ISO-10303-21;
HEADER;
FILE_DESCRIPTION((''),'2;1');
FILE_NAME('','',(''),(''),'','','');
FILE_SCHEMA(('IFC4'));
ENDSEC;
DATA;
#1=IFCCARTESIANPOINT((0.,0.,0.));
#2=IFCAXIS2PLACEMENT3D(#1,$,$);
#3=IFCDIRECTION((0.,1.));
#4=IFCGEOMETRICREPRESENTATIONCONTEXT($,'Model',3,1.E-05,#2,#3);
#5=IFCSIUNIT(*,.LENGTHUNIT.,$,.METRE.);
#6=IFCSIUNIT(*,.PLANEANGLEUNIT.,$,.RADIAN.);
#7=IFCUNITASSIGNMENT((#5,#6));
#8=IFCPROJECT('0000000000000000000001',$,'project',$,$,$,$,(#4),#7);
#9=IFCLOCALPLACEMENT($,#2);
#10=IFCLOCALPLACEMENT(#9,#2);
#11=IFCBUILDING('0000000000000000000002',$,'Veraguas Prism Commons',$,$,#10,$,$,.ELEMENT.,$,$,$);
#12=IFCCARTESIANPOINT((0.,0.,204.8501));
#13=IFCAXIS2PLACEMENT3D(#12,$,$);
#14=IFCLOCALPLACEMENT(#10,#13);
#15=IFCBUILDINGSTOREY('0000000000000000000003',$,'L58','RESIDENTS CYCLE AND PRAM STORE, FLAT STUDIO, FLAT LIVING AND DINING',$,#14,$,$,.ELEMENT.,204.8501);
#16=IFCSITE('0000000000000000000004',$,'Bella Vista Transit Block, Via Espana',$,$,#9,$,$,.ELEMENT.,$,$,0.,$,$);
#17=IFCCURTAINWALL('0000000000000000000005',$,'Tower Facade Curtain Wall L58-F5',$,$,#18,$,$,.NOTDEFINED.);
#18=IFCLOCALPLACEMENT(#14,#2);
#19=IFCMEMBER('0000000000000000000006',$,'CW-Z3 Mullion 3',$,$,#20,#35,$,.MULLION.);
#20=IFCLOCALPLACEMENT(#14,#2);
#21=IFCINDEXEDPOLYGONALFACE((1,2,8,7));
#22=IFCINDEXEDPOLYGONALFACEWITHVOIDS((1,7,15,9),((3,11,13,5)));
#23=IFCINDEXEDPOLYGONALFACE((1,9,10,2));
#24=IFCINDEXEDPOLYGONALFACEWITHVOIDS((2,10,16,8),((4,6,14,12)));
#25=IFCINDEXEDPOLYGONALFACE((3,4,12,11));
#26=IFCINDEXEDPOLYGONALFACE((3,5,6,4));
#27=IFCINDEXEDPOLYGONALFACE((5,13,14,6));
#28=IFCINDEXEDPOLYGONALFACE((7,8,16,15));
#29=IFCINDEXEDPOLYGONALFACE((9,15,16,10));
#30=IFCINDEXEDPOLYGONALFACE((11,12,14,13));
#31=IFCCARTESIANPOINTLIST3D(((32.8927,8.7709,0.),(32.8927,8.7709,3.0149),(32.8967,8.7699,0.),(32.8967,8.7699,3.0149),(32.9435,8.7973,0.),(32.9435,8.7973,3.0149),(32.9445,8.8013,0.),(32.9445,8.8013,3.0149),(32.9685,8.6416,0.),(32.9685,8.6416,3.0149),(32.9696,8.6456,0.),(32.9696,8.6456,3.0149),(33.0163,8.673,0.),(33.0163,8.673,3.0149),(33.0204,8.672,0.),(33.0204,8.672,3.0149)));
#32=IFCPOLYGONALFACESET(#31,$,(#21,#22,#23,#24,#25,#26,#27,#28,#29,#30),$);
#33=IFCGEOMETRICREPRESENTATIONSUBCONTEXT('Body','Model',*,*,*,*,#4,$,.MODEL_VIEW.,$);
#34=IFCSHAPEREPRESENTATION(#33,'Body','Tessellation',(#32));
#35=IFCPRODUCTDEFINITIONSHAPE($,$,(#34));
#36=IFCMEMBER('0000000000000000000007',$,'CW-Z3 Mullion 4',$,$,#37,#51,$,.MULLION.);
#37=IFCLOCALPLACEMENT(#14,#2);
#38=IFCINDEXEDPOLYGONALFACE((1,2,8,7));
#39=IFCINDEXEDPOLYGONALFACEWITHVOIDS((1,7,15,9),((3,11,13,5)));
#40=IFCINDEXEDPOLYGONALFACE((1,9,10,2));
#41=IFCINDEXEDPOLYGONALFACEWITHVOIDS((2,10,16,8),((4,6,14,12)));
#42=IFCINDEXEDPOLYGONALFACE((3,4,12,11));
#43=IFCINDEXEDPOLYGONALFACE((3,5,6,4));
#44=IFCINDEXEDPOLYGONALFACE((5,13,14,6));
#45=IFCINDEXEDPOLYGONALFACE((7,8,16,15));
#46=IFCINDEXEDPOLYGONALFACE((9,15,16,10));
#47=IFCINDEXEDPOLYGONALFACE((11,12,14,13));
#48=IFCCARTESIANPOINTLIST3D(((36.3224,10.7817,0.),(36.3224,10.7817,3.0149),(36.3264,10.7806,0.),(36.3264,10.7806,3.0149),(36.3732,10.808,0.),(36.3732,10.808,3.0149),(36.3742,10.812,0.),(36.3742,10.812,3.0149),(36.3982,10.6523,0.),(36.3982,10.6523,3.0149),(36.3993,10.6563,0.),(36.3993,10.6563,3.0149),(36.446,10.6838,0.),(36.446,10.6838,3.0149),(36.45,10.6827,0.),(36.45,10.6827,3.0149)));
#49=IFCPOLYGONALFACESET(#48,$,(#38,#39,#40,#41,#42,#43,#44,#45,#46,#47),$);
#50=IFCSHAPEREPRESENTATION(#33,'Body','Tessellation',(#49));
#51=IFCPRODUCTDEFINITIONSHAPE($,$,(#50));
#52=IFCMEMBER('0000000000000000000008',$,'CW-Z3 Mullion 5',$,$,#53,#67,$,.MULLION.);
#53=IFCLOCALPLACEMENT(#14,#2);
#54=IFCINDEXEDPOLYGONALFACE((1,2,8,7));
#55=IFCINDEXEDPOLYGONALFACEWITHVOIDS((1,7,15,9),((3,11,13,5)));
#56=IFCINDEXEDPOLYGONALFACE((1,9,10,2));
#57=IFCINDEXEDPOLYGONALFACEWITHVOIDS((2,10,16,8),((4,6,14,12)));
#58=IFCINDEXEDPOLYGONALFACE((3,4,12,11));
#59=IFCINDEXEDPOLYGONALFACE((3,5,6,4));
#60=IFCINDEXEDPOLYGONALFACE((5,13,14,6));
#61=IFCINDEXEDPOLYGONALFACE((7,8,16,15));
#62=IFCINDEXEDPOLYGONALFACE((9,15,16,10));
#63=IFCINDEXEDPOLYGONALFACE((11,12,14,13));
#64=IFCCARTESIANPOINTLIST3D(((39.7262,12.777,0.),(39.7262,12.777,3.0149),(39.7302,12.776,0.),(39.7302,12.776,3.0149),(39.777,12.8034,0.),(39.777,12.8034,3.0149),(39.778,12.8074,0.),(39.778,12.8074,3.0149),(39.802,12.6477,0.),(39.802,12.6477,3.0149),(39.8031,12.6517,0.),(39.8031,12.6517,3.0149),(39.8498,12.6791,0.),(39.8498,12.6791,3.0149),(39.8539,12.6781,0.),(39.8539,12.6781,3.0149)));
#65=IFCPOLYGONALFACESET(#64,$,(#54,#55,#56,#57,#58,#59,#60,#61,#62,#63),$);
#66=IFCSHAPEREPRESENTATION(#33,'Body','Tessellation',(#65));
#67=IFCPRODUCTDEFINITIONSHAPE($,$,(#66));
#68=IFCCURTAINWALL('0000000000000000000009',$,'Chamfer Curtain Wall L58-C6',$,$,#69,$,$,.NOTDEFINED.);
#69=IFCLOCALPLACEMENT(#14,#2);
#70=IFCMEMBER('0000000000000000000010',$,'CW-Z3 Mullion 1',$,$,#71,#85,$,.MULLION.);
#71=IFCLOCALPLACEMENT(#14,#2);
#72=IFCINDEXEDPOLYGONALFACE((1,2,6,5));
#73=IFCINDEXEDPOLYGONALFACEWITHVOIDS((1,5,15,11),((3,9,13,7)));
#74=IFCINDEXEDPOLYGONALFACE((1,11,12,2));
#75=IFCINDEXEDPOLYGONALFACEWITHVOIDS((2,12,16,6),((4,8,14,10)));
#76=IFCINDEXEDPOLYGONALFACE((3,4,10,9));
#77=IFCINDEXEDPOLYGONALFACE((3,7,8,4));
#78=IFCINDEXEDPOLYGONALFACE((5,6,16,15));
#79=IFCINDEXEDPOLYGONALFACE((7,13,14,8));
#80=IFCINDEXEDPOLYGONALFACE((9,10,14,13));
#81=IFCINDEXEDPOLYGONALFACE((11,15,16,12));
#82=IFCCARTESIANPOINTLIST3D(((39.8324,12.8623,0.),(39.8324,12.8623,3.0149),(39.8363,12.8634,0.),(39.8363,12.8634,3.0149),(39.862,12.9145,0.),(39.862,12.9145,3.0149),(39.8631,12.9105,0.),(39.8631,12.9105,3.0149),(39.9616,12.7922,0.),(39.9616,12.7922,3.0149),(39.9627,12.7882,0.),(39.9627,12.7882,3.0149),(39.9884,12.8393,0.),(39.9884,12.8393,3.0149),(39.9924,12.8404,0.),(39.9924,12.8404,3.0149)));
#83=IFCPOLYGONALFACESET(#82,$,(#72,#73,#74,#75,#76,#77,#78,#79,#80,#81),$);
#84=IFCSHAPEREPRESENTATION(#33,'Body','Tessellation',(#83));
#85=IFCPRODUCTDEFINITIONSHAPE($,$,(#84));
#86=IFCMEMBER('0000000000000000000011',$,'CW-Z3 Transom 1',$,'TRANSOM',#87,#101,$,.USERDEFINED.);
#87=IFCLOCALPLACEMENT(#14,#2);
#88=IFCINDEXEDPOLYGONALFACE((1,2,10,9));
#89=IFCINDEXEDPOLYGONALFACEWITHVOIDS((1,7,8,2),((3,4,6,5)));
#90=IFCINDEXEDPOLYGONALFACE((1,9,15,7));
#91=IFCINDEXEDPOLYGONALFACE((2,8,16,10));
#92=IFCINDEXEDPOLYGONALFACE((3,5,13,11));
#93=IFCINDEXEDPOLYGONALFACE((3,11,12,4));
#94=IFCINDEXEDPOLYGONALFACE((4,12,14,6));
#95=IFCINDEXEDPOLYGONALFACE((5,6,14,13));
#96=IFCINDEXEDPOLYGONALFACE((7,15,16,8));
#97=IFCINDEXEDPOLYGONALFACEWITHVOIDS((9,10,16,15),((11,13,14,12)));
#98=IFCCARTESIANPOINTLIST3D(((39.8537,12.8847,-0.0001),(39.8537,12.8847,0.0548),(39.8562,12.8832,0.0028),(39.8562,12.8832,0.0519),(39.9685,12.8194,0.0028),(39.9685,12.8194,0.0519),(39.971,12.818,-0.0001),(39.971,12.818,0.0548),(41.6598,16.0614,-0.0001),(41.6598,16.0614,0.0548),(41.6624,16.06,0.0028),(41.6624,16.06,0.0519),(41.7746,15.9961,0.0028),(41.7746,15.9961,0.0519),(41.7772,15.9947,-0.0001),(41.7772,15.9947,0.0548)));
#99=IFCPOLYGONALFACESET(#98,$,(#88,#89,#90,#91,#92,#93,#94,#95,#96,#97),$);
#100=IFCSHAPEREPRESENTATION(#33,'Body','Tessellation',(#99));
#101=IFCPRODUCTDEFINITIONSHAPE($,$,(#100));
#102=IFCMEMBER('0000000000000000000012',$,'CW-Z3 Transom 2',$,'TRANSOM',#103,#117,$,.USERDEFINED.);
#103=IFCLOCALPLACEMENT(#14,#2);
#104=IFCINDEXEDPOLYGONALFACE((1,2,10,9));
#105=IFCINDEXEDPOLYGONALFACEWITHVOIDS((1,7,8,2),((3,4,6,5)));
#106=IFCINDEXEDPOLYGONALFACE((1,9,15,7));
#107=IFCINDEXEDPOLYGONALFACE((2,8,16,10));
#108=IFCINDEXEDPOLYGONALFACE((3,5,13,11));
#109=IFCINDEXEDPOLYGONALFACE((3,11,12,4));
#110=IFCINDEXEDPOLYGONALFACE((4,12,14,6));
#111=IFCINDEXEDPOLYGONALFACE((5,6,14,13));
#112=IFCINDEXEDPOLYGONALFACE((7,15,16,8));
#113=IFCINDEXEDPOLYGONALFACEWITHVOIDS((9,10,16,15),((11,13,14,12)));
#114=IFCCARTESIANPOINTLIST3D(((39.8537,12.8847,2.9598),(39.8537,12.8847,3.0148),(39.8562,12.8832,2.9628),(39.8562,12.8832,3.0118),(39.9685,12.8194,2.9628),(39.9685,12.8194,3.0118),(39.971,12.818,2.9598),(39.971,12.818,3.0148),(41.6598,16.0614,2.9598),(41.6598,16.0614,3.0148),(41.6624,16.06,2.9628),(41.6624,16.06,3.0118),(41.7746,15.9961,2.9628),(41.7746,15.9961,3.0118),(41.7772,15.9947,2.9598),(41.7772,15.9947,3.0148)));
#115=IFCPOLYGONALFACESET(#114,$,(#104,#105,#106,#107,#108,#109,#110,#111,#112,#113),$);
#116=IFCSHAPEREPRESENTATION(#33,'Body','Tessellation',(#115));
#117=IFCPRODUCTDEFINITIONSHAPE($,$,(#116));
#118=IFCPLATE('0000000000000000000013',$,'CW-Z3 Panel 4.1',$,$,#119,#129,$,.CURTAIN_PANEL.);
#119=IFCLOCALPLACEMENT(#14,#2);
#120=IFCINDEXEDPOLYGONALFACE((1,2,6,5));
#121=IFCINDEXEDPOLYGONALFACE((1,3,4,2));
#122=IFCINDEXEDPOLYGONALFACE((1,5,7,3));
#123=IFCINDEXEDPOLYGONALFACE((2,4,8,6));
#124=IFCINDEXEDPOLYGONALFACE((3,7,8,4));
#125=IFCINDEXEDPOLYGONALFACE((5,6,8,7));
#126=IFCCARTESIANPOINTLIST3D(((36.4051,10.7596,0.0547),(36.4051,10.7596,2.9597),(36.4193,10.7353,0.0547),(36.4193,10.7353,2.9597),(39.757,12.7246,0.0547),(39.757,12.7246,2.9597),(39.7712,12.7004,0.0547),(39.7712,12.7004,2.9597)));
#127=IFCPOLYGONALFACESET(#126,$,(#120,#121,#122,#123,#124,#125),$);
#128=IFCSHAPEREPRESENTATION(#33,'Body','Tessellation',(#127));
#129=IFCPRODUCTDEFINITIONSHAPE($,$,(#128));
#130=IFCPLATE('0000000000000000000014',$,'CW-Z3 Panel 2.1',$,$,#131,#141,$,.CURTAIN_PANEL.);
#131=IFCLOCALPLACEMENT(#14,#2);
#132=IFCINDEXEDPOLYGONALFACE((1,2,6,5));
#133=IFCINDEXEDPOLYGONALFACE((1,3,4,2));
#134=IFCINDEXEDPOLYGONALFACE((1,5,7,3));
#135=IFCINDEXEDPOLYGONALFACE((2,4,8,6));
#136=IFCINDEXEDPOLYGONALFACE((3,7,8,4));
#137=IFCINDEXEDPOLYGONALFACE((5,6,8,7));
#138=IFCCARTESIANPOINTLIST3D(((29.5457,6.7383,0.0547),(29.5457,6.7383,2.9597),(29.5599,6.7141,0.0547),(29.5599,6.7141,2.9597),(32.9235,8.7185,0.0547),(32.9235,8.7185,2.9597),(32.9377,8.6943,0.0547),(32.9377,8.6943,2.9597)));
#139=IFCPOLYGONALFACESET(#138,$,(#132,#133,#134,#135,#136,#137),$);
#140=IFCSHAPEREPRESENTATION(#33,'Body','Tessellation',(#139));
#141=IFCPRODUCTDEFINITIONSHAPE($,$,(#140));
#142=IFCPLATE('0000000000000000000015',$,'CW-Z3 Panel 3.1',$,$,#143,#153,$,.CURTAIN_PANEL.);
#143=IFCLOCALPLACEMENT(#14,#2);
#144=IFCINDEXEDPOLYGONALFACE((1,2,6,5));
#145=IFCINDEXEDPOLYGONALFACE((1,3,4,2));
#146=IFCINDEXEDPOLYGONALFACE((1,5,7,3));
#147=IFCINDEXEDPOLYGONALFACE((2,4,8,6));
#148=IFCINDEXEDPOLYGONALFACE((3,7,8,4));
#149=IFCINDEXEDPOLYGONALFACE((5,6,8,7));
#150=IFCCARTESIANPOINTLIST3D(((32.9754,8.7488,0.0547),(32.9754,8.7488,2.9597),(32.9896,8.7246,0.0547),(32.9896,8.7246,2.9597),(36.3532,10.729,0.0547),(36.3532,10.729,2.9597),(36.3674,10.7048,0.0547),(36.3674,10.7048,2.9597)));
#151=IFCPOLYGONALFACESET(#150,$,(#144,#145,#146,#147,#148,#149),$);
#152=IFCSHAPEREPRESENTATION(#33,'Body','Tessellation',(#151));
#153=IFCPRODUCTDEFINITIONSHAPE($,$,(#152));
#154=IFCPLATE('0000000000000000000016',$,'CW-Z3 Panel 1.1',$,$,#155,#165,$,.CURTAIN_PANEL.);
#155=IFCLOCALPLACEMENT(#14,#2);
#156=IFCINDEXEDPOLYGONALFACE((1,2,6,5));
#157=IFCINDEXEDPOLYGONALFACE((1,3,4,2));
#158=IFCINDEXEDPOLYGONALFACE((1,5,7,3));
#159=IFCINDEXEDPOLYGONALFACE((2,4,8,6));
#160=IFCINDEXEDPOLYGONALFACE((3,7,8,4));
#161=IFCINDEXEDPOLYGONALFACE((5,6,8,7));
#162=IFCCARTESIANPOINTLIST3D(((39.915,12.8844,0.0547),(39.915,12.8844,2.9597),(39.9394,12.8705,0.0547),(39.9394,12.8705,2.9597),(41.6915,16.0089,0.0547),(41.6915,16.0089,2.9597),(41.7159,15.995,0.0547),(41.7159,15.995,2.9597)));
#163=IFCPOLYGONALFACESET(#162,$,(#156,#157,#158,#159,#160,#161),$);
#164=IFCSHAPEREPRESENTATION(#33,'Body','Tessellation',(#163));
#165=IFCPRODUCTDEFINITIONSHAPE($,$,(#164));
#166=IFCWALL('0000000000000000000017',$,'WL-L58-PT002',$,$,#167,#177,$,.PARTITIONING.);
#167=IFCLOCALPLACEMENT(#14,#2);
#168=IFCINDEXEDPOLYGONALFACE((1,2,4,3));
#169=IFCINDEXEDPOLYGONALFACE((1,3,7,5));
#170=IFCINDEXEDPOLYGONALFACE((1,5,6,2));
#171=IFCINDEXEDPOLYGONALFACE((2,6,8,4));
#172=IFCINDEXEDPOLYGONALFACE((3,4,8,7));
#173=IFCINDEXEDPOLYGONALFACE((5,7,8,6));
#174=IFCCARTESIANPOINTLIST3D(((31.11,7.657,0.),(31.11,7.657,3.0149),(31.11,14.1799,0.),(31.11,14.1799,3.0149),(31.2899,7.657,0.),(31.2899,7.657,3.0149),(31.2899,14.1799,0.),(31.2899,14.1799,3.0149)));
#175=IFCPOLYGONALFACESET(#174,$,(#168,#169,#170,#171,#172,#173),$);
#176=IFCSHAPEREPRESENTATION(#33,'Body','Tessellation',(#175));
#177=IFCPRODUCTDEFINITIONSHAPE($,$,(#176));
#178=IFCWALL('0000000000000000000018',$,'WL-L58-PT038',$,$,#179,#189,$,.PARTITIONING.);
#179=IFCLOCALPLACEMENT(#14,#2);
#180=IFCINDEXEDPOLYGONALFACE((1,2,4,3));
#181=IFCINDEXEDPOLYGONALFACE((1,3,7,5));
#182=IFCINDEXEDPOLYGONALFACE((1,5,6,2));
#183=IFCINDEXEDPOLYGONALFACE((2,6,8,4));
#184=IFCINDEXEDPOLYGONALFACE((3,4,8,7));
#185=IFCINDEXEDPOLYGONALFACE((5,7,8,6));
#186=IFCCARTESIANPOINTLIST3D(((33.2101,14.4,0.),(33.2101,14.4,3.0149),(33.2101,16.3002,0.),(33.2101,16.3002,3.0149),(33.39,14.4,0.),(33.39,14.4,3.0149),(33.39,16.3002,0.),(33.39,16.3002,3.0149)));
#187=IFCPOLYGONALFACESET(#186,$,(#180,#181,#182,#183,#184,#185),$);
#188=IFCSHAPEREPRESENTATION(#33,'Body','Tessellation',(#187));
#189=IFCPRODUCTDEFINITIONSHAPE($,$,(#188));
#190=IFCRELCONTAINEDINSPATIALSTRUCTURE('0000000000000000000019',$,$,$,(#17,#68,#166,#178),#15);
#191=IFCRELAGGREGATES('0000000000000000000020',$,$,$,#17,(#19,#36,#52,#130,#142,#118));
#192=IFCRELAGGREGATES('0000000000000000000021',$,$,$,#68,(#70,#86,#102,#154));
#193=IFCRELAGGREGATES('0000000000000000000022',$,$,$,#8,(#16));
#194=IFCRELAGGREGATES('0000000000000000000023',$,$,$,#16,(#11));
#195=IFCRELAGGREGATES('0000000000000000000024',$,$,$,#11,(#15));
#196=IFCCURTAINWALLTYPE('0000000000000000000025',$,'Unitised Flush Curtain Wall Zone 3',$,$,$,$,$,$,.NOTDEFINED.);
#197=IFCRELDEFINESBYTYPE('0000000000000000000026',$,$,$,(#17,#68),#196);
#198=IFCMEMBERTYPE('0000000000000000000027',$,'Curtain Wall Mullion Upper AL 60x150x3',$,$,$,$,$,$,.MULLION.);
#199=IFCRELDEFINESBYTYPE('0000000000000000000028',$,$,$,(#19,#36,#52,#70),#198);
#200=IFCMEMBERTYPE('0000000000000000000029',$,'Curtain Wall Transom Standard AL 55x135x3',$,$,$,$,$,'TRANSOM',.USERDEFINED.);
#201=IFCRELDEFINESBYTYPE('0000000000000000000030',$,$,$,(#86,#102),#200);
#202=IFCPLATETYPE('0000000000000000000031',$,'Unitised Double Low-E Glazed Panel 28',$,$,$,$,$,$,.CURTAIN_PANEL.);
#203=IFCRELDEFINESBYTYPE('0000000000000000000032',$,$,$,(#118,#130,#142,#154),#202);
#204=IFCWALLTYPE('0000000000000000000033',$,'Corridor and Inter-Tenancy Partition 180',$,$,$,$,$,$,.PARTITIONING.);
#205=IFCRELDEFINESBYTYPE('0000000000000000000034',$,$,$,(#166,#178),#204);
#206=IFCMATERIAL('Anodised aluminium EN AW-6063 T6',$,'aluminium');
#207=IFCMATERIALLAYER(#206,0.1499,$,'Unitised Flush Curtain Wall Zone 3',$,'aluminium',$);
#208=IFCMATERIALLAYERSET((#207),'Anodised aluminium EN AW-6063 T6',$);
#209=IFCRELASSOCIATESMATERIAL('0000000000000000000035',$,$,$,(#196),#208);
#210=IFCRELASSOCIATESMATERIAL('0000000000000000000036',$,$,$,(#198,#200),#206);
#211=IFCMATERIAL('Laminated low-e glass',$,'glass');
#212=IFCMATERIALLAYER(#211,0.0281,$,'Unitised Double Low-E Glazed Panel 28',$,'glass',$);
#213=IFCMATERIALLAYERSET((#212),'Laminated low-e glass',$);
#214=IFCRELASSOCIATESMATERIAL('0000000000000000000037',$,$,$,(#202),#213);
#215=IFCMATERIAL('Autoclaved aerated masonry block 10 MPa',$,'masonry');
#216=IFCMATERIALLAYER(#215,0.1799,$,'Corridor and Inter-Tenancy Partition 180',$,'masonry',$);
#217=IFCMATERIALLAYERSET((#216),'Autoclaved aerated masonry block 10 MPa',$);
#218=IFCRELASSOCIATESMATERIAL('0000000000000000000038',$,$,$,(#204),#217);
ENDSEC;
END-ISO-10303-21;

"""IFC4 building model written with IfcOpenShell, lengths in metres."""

from ifc_helpers import new_model, si_unit, direction, frame, frame_2d, origin, origin_2d, place, context, subcontext, project, spatial, rectangle, hollow_rectangle, extrude, source, transform, mapped, material, layer, layer_set, material_profile, profile_set, type_object, element, aggregate, save


model = new_model("IFC4")

# Units and contexts
model_context = context("Model", 3, precision=1e-05, world=origin(), true_north=direction((0.0, 1.0)))
body_context = subcontext(model_context, "Body", "Model", "MODEL_VIEW")
ifc_project = project(units=[si_unit("LENGTHUNIT", "METRE"), si_unit("PLANEANGLEUNIT", "RADIAN")], contexts=[model_context])

# Site, building, storey
site_placement = place(None, origin())
site = spatial("IfcSite", under=ifc_project, at=site_placement, Name="Bella Vista Transit Block, Via Espana", CompositionType="ELEMENT", RefElevation=0.0)
building_placement = place(site_placement, origin())
building = spatial("IfcBuilding", under=site, at=building_placement, Name="Veraguas Prism Commons", CompositionType="ELEMENT")
storey_placement = place(building_placement, frame((0.0, 0.0, 204.8501)))
storey = spatial("IfcBuildingStorey", under=building, at=storey_placement, Name="L58", Description="RESIDENTS CYCLE AND PRAM STORE, FLAT STUDIO, FLAT LIVING AND DINING", CompositionType="ELEMENT", Elevation=204.8501)

# Curtain walls, members
ifc_material_1 = material(Name="Anodised aluminium EN AW-6063 T6", Category="aluminium")
ifc_layer_1 = layer(ifc_material_1, 0.1499, Name="Unitised Flush Curtain Wall Zone 3", Category="aluminium")
ifc_layer_set_1 = layer_set([ifc_layer_1], Name="Anodised aluminium EN AW-6063 T6")
curtain_wall_type = type_object("IfcCurtainWallType", Name="Unitised Flush Curtain Wall Zone 3", PredefinedType="NOTDEFINED", material=ifc_layer_set_1)
curtain_wall_1_placement = place(storey_placement, origin())
curtain_wall_1 = element("IfcCurtainWall", 1, at=curtain_wall_1_placement, inside=storey, type_object=curtain_wall_type, Name="Tower Facade Curtain Wall L58-F5", PredefinedType="NOTDEFINED")
ifc_material_profile_1 = material_profile(ifc_material_1, hollow_rectangle(XDim=0.0601, YDim=0.1499, WallThickness=0.0029, at=origin_2d()), Name="AL60X150X3")
ifc_profile_set_1 = profile_set([ifc_material_profile_1], Name="Anodised aluminium EN AW-6063 T6")
member_type_1 = type_object("IfcMemberType", Name="Curtain Wall Mullion Upper AL 60x150x3", PredefinedType="MULLION", material=ifc_profile_set_1)
shared_shape_1 = source(origin(), body_context, "Body", "SweptSolid", [
    extrude(hollow_rectangle(XDim=0.0601, YDim=0.1499, WallThickness=0.0029, at=origin_2d()), origin(), (0.0, 0.0, 1.0), 3.0149),
])
member_1_placement = place(storey_placement, frame((32.9565, 8.7214, 0.0), z_axis=(0.0, 0.0, 1.0), x_axis=(0.862686, 0.50574, 0.0)))
member_1 = element("IfcMember", 2, at=member_1_placement, type_object=member_type_1, Name="CW-Z3 Mullion 3", PredefinedType="MULLION", context=body_context, shape_type="MappedRepresentation", body=[
    mapped(shared_shape_1, transform((0.0, 0.0, 0.0), scale=1.0)),
])
member_2_placement = place(storey_placement, frame((36.3862, 10.7322, 0.0), z_axis=(0.0, 0.0, 1.0), x_axis=(0.862686, 0.50574, 0.0)))
member_2 = element("IfcMember", 3, at=member_2_placement, type_object=member_type_1, Name="CW-Z3 Mullion 4", PredefinedType="MULLION", context=body_context, shape_type="MappedRepresentation", body=[
    mapped(shared_shape_1, transform((0.0, 0.0, 0.0), scale=1.0)),
])
member_3_placement = place(storey_placement, frame((39.79, 12.7275, 0.0), z_axis=(0.0, 0.0, 1.0), x_axis=(0.862686, 0.50574, 0.0)))
member_3 = element("IfcMember", 4, at=member_3_placement, type_object=member_type_1, Name="CW-Z3 Mullion 5", PredefinedType="MULLION", context=body_context, shape_type="MappedRepresentation", body=[
    mapped(shared_shape_1, transform((0.0, 0.0, 0.0), scale=1.0)),
])
curtain_wall_2_placement = place(storey_placement, origin())
curtain_wall_2 = element("IfcCurtainWall", 5, at=curtain_wall_2_placement, inside=storey, type_object=curtain_wall_type, Name="Chamfer Curtain Wall L58-C6", PredefinedType="NOTDEFINED")
member_4_placement = place(storey_placement, frame((39.9124, 12.8513, 0.0), z_axis=(0.0, 0.0, 1.0), x_axis=(0.494253, 0.869318, 0.0)))
member_4 = element("IfcMember", 6, at=member_4_placement, type_object=member_type_1, Name="CW-Z3 Mullion 1", PredefinedType="MULLION", context=body_context, shape_type="MappedRepresentation", body=[
    mapped(shared_shape_1, transform((0.0, 0.0, 0.0), scale=1.0)),
])
ifc_material_profile_2 = material_profile(ifc_material_1, hollow_rectangle(XDim=0.0549, YDim=0.135, WallThickness=0.0029, at=origin_2d()), Name="AL55X135X3")
ifc_profile_set_2 = profile_set([ifc_material_profile_2], Name="Anodised aluminium EN AW-6063 T6")
member_type_2 = type_object("IfcMemberType", Name="Curtain Wall Transom Standard AL 55x135x3", ElementType="TRANSOM", PredefinedType="USERDEFINED", material=ifc_profile_set_2)
shared_shape_2 = source(origin(), body_context, "Body", "SweptSolid", [
    extrude(hollow_rectangle(XDim=0.0549, YDim=0.135, WallThickness=0.0029, at=origin_2d()), origin(), (0.0, 0.0, 1.0), 3.6543),
])
member_5_placement = place(storey_placement, frame((39.9124, 12.8513, 0.0273), z_axis=(0.494253, 0.869318, 0.0), x_axis=(0.0, 0.0, 1.0)))
member_5 = element("IfcMember", 7, at=member_5_placement, type_object=member_type_2, Name="CW-Z3 Transom 1", ObjectType="TRANSOM", PredefinedType="USERDEFINED", context=body_context, shape_type="MappedRepresentation", body=[
    mapped(shared_shape_2, transform((0.0, 0.0, 0.0), scale=1.0)),
])
member_6_placement = place(storey_placement, frame((39.9124, 12.8513, 2.9873), z_axis=(0.494253, 0.869318, 0.0), x_axis=(0.0, 0.0, 1.0)))
member_6 = element("IfcMember", 8, at=member_6_placement, type_object=member_type_2, Name="CW-Z3 Transom 2", ObjectType="TRANSOM", PredefinedType="USERDEFINED", context=body_context, shape_type="MappedRepresentation", body=[
    mapped(shared_shape_2, transform((0.0, 0.0, 0.0), scale=1.0)),
])

# Plates
ifc_material_2 = material(Name="Laminated low-e glass", Category="glass")
ifc_layer_2 = layer(ifc_material_2, 0.0281, Name="Unitised Double Low-E Glazed Panel 28", Category="glass")
ifc_layer_set_2 = layer_set([ifc_layer_2], Name="Laminated low-e glass")
plate_type = type_object("IfcPlateType", Name="Unitised Double Low-E Glazed Panel 28", PredefinedType="CURTAIN_PANEL", material=ifc_layer_set_2)
shared_shape_3 = source(origin(), body_context, "Body", "SweptSolid", [
    extrude(rectangle(XDim=3.8855, YDim=0.0281, at=origin_2d()), origin(), (0.0, 0.0, 1.0), 2.905),
])
plate_1_placement = place(storey_placement, frame((38.0881, 11.73, 0.0547), z_axis=(0.0, 0.0, 1.0), x_axis=(0.862686, 0.50574, 0.0)))
plate_1 = element("IfcPlate", 9, at=plate_1_placement, type_object=plate_type, Name="CW-Z3 Panel 4.1", PredefinedType="CURTAIN_PANEL", context=body_context, shape_type="MappedRepresentation", body=[
    mapped(shared_shape_3, transform((0.0, 0.0, 0.0), scale=1.0)),
])
shared_shape_4 = source(origin(), body_context, "Body", "SweptSolid", [
    extrude(rectangle(XDim=3.9155, YDim=0.0281, at=origin_2d()), origin(), (0.0, 0.0, 1.0), 2.905),
])
plate_2_placement = place(storey_placement, frame((31.2417, 7.7163, 0.0547), z_axis=(0.0, 0.0, 1.0), x_axis=(0.862686, 0.50574, 0.0)))
plate_2 = element("IfcPlate", 10, at=plate_2_placement, type_object=plate_type, Name="CW-Z3 Panel 2.1", PredefinedType="CURTAIN_PANEL", context=body_context, shape_type="MappedRepresentation", body=[
    mapped(shared_shape_4, transform((0.0, 0.0, 0.0), scale=1.0)),
])
plate_3_placement = place(storey_placement, frame((34.6714, 9.7268, 0.0547), z_axis=(0.0, 0.0, 1.0), x_axis=(0.862686, 0.50574, 0.0)))
plate_3 = element("IfcPlate", 11, at=plate_3_placement, type_object=plate_type, Name="CW-Z3 Panel 3.1", PredefinedType="CURTAIN_PANEL", context=body_context, shape_type="MappedRepresentation", body=[
    mapped(shared_shape_4, transform((0.0, 0.0, 0.0), scale=1.0)),
])
aggregate(curtain_wall_1, [member_1, member_2, member_3, plate_2, plate_3, plate_1])
shared_shape_5 = source(origin(), body_context, "Body", "SweptSolid", [
    extrude(rectangle(XDim=3.5942, YDim=0.0281, at=origin_2d()), origin(), (0.0, 0.0, 1.0), 2.905),
])
plate_4_placement = place(storey_placement, frame((40.8154, 14.4397, 0.0547), z_axis=(0.0, 0.0, 1.0), x_axis=(0.494253, 0.869318, 0.0)))
plate_4 = element("IfcPlate", 12, at=plate_4_placement, type_object=plate_type, Name="CW-Z3 Panel 1.1", PredefinedType="CURTAIN_PANEL", context=body_context, shape_type="MappedRepresentation", body=[
    mapped(shared_shape_5, transform((0.0, 0.0, 0.0), scale=1.0)),
])
aggregate(curtain_wall_2, [member_4, member_5, member_6, plate_4])

# Walls
ifc_material_3 = material(Name="Autoclaved aerated masonry block 10 MPa", Category="masonry")
ifc_layer_3 = layer(ifc_material_3, 0.1799, Name="Corridor and Inter-Tenancy Partition 180", Category="masonry")
ifc_layer_set_3 = layer_set([ifc_layer_3], Name="Autoclaved aerated masonry block 10 MPa")
wall_type_1 = type_object("IfcWallType", Name="Corridor and Inter-Tenancy Partition 180", PredefinedType="PARTITIONING", material=ifc_layer_set_3)
wall_1_placement = place(storey_placement, frame((31.2, 14.1799, 0.0), z_axis=(0.0, 0.0, 1.0), x_axis=(0.0, -1.0, 0.0)))
element("IfcWall", 13, at=wall_1_placement, inside=storey, type_object=wall_type_1, Name="WL-L58-PT002", PredefinedType="PARTITIONING", context=body_context, shape_type="SweptSolid", body=[
    extrude(rectangle(XDim=6.5229, YDim=0.1799, at=frame_2d((3.2615, 0.0))), origin(), (0.0, 0.0, 1.0), 3.0149),
])
wall_2_placement = place(storey_placement, frame((33.3, 14.3999, 0.0), z_axis=(0.0, 0.0, 1.0), x_axis=(0.0, 1.0, 0.0)))
element("IfcWall", 14, at=wall_2_placement, inside=storey, type_object=wall_type_1, Name="WL-L58-PT038", PredefinedType="PARTITIONING", context=body_context, shape_type="SweptSolid", body=[
    extrude(rectangle(XDim=1.9001, YDim=0.1799, at=frame_2d((0.9502, 0.0))), origin(), (0.0, 0.0, 1.0), 3.0149),
])

save(model, "model.ifc")
